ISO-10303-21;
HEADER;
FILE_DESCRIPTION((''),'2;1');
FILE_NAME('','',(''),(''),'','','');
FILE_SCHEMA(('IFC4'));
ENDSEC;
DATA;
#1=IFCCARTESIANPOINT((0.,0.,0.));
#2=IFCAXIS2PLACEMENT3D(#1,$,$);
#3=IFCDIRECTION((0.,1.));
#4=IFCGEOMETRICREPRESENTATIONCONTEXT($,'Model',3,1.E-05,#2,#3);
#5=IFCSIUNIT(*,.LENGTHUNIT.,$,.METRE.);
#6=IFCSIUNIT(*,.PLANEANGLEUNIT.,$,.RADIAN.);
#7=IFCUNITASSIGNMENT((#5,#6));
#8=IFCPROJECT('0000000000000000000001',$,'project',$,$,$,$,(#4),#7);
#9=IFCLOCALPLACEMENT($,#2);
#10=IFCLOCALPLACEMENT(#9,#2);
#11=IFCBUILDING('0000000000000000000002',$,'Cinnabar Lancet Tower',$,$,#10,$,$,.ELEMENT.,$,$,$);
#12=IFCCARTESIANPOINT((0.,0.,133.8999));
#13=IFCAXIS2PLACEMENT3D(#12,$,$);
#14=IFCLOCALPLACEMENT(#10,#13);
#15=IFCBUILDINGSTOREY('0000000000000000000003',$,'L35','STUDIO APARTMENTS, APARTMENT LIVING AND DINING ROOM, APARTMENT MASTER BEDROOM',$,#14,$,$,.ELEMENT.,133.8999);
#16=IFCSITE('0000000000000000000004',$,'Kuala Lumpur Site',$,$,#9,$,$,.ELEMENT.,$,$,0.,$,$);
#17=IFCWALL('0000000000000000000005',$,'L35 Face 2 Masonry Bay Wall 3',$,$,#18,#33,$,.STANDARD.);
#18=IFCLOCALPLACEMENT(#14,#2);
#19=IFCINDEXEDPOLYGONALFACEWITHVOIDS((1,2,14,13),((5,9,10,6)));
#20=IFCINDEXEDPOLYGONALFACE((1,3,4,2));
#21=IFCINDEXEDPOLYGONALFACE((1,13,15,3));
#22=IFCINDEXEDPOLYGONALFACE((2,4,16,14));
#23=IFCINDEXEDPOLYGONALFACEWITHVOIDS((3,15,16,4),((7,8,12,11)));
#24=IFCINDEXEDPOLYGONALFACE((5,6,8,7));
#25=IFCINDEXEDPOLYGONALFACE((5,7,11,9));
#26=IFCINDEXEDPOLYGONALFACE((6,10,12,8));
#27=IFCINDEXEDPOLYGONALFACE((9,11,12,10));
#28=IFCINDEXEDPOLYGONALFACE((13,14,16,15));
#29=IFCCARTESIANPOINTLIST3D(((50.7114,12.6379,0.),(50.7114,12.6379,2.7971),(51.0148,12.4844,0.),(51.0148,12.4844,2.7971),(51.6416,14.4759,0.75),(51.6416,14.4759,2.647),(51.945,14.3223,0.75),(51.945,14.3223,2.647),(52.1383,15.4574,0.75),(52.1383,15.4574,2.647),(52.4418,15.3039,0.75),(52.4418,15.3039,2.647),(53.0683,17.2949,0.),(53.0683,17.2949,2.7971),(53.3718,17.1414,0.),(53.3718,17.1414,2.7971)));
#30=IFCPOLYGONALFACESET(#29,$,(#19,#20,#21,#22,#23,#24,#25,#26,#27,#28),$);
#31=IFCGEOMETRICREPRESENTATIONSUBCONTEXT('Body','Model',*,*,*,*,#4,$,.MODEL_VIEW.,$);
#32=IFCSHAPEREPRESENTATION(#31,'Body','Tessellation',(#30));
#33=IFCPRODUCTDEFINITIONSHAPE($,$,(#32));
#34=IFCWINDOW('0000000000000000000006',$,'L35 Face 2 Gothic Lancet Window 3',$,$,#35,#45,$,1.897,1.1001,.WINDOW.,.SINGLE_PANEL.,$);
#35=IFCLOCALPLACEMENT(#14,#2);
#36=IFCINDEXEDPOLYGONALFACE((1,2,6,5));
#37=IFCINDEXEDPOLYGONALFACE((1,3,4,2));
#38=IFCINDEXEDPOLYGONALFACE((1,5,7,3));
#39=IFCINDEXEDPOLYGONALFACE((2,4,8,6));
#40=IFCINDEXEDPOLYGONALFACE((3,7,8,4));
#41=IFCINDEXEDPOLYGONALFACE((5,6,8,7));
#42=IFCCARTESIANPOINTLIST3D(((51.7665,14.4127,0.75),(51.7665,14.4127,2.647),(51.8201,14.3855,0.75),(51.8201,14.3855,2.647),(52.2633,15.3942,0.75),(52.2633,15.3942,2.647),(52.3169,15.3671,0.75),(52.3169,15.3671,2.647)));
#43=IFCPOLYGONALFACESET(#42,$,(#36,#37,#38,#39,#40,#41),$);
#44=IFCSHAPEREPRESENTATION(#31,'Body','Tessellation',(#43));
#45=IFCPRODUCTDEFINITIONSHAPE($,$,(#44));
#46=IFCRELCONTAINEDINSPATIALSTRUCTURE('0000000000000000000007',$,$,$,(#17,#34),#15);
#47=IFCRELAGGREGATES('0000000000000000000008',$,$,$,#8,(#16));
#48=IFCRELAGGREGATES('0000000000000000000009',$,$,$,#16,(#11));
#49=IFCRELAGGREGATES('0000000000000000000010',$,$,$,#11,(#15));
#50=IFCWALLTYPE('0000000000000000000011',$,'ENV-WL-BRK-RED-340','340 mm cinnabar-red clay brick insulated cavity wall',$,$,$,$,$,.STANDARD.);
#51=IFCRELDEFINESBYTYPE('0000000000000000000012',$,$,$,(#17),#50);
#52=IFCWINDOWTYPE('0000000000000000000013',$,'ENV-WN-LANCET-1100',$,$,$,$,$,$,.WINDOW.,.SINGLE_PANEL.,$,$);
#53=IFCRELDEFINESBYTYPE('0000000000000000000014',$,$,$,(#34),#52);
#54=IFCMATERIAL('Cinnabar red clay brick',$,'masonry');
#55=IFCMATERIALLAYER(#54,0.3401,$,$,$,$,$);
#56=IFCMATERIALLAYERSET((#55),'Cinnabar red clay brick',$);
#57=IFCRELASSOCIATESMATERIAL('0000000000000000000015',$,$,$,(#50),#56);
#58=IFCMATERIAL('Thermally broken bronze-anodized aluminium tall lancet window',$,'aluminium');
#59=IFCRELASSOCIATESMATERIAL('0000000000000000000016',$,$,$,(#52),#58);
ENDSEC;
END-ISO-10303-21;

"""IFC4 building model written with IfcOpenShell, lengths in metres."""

from ifc_helpers import new_model, si_unit, direction, frame, frame_2d, origin, place, context, subcontext, project, spatial, rectangle, extrude, material, layer, layer_set, type_object, element, fill, save


model = new_model("IFC4")

# Units and contexts
model_context = context("Model", 3, precision=1e-05, world=origin(), true_north=direction((0.0, 1.0)))
body_context = subcontext(model_context, "Body", "Model", "MODEL_VIEW")
ifc_project = project(units=[si_unit("LENGTHUNIT", "METRE"), si_unit("PLANEANGLEUNIT", "RADIAN")], contexts=[model_context])

# Site, building, storey
site_placement = place(None, origin())
site = spatial("IfcSite", under=ifc_project, at=site_placement, Name="Kuala Lumpur Site", CompositionType="ELEMENT", RefElevation=0.0)
building_placement = place(site_placement, origin())
building = spatial("IfcBuilding", under=site, at=building_placement, Name="Cinnabar Lancet Tower", CompositionType="ELEMENT")
storey_placement = place(building_placement, frame((0.0, 0.0, 133.8999)))
storey = spatial("IfcBuildingStorey", under=building, at=storey_placement, Name="L35", Description="STUDIO APARTMENTS, APARTMENT LIVING AND DINING ROOM, APARTMENT MASTER BEDROOM", CompositionType="ELEMENT", Elevation=133.8999)

# Shared definitions
ifc_material_1 = material(Name="Cinnabar red clay brick", Category="masonry")
ifc_layer_1 = layer(ifc_material_1, 0.3401)
ifc_layer_set_1 = layer_set([ifc_layer_1], Name="Cinnabar red clay brick")
wall_type_1 = type_object("IfcWallType", Name="ENV-WL-BRK-RED-340", Description="340 mm cinnabar-red clay brick insulated cavity wall", PredefinedType="STANDARD", material=ifc_layer_set_1)

# Wall, opening, window
ifc_material_2 = material(Name="Thermally broken bronze-anodized aluminium tall lancet window", Category="aluminium")
window_type = type_object("IfcWindowType", Name="ENV-WN-LANCET-1100", PartitioningType="SINGLE_PANEL", PredefinedType="WINDOW", material=ifc_material_2)
wall_1_placement = place(storey_placement, frame((50.863, 12.561, 0.0), z_axis=(0.0, 0.0, 1.0), x_axis=(0.451568, 0.892237, 0.0)))
wall_1 = element("IfcWall", 1, at=wall_1_placement, inside=storey, type_object=wall_type_1, Name="L35 Face 2 Masonry Bay Wall 3", PredefinedType="STANDARD", context=body_context, shape_type="SweptSolid", body=[
    extrude(rectangle(XDim=5.2195, YDim=0.3401, at=frame_2d((2.6099, 0.0))), origin(), (0.0, 0.0, 1.0), 2.7971),
])
opening_1_placement = place(wall_1_placement, frame((2.0601, 0.0, 0.75)))
opening_1 = element("IfcOpeningElement", 2, at=opening_1_placement, cuts=wall_1, PredefinedType="OPENING", context=body_context, shape_type="SweptSolid", body=[
    extrude(rectangle(XDim=1.1001, YDim=1.897, at=frame_2d((0.55, 0.9485))), frame((0.0, 0.1799, 0.0), z_axis=(0.0, -1.0, 0.0), x_axis=(1.0, 0.0, 0.0)), (0.0, 0.0, 1.0), 0.3601),
])
window_1_placement = place(opening_1_placement, origin())
window_1 = element("IfcWindow", 3, at=window_1_placement, inside=storey, type_object=window_type, Name="L35 Face 2 Gothic Lancet Window 3", OverallHeight=1.897, OverallWidth=1.1001, PartitioningType="SINGLE_PANEL", PredefinedType="WINDOW", context=body_context, shape_type="SweptSolid", body=[
    extrude(rectangle(XDim=1.1001, YDim=1.897, at=frame_2d((0.55, 0.9485))), frame((0.0, 0.03, 0.0), z_axis=(0.0, -1.0, 0.0), x_axis=(1.0, 0.0, 0.0)), (0.0, 0.0, 1.0), 0.0601),
])
fill(opening_1, window_1)

save(model, "model.ifc")
